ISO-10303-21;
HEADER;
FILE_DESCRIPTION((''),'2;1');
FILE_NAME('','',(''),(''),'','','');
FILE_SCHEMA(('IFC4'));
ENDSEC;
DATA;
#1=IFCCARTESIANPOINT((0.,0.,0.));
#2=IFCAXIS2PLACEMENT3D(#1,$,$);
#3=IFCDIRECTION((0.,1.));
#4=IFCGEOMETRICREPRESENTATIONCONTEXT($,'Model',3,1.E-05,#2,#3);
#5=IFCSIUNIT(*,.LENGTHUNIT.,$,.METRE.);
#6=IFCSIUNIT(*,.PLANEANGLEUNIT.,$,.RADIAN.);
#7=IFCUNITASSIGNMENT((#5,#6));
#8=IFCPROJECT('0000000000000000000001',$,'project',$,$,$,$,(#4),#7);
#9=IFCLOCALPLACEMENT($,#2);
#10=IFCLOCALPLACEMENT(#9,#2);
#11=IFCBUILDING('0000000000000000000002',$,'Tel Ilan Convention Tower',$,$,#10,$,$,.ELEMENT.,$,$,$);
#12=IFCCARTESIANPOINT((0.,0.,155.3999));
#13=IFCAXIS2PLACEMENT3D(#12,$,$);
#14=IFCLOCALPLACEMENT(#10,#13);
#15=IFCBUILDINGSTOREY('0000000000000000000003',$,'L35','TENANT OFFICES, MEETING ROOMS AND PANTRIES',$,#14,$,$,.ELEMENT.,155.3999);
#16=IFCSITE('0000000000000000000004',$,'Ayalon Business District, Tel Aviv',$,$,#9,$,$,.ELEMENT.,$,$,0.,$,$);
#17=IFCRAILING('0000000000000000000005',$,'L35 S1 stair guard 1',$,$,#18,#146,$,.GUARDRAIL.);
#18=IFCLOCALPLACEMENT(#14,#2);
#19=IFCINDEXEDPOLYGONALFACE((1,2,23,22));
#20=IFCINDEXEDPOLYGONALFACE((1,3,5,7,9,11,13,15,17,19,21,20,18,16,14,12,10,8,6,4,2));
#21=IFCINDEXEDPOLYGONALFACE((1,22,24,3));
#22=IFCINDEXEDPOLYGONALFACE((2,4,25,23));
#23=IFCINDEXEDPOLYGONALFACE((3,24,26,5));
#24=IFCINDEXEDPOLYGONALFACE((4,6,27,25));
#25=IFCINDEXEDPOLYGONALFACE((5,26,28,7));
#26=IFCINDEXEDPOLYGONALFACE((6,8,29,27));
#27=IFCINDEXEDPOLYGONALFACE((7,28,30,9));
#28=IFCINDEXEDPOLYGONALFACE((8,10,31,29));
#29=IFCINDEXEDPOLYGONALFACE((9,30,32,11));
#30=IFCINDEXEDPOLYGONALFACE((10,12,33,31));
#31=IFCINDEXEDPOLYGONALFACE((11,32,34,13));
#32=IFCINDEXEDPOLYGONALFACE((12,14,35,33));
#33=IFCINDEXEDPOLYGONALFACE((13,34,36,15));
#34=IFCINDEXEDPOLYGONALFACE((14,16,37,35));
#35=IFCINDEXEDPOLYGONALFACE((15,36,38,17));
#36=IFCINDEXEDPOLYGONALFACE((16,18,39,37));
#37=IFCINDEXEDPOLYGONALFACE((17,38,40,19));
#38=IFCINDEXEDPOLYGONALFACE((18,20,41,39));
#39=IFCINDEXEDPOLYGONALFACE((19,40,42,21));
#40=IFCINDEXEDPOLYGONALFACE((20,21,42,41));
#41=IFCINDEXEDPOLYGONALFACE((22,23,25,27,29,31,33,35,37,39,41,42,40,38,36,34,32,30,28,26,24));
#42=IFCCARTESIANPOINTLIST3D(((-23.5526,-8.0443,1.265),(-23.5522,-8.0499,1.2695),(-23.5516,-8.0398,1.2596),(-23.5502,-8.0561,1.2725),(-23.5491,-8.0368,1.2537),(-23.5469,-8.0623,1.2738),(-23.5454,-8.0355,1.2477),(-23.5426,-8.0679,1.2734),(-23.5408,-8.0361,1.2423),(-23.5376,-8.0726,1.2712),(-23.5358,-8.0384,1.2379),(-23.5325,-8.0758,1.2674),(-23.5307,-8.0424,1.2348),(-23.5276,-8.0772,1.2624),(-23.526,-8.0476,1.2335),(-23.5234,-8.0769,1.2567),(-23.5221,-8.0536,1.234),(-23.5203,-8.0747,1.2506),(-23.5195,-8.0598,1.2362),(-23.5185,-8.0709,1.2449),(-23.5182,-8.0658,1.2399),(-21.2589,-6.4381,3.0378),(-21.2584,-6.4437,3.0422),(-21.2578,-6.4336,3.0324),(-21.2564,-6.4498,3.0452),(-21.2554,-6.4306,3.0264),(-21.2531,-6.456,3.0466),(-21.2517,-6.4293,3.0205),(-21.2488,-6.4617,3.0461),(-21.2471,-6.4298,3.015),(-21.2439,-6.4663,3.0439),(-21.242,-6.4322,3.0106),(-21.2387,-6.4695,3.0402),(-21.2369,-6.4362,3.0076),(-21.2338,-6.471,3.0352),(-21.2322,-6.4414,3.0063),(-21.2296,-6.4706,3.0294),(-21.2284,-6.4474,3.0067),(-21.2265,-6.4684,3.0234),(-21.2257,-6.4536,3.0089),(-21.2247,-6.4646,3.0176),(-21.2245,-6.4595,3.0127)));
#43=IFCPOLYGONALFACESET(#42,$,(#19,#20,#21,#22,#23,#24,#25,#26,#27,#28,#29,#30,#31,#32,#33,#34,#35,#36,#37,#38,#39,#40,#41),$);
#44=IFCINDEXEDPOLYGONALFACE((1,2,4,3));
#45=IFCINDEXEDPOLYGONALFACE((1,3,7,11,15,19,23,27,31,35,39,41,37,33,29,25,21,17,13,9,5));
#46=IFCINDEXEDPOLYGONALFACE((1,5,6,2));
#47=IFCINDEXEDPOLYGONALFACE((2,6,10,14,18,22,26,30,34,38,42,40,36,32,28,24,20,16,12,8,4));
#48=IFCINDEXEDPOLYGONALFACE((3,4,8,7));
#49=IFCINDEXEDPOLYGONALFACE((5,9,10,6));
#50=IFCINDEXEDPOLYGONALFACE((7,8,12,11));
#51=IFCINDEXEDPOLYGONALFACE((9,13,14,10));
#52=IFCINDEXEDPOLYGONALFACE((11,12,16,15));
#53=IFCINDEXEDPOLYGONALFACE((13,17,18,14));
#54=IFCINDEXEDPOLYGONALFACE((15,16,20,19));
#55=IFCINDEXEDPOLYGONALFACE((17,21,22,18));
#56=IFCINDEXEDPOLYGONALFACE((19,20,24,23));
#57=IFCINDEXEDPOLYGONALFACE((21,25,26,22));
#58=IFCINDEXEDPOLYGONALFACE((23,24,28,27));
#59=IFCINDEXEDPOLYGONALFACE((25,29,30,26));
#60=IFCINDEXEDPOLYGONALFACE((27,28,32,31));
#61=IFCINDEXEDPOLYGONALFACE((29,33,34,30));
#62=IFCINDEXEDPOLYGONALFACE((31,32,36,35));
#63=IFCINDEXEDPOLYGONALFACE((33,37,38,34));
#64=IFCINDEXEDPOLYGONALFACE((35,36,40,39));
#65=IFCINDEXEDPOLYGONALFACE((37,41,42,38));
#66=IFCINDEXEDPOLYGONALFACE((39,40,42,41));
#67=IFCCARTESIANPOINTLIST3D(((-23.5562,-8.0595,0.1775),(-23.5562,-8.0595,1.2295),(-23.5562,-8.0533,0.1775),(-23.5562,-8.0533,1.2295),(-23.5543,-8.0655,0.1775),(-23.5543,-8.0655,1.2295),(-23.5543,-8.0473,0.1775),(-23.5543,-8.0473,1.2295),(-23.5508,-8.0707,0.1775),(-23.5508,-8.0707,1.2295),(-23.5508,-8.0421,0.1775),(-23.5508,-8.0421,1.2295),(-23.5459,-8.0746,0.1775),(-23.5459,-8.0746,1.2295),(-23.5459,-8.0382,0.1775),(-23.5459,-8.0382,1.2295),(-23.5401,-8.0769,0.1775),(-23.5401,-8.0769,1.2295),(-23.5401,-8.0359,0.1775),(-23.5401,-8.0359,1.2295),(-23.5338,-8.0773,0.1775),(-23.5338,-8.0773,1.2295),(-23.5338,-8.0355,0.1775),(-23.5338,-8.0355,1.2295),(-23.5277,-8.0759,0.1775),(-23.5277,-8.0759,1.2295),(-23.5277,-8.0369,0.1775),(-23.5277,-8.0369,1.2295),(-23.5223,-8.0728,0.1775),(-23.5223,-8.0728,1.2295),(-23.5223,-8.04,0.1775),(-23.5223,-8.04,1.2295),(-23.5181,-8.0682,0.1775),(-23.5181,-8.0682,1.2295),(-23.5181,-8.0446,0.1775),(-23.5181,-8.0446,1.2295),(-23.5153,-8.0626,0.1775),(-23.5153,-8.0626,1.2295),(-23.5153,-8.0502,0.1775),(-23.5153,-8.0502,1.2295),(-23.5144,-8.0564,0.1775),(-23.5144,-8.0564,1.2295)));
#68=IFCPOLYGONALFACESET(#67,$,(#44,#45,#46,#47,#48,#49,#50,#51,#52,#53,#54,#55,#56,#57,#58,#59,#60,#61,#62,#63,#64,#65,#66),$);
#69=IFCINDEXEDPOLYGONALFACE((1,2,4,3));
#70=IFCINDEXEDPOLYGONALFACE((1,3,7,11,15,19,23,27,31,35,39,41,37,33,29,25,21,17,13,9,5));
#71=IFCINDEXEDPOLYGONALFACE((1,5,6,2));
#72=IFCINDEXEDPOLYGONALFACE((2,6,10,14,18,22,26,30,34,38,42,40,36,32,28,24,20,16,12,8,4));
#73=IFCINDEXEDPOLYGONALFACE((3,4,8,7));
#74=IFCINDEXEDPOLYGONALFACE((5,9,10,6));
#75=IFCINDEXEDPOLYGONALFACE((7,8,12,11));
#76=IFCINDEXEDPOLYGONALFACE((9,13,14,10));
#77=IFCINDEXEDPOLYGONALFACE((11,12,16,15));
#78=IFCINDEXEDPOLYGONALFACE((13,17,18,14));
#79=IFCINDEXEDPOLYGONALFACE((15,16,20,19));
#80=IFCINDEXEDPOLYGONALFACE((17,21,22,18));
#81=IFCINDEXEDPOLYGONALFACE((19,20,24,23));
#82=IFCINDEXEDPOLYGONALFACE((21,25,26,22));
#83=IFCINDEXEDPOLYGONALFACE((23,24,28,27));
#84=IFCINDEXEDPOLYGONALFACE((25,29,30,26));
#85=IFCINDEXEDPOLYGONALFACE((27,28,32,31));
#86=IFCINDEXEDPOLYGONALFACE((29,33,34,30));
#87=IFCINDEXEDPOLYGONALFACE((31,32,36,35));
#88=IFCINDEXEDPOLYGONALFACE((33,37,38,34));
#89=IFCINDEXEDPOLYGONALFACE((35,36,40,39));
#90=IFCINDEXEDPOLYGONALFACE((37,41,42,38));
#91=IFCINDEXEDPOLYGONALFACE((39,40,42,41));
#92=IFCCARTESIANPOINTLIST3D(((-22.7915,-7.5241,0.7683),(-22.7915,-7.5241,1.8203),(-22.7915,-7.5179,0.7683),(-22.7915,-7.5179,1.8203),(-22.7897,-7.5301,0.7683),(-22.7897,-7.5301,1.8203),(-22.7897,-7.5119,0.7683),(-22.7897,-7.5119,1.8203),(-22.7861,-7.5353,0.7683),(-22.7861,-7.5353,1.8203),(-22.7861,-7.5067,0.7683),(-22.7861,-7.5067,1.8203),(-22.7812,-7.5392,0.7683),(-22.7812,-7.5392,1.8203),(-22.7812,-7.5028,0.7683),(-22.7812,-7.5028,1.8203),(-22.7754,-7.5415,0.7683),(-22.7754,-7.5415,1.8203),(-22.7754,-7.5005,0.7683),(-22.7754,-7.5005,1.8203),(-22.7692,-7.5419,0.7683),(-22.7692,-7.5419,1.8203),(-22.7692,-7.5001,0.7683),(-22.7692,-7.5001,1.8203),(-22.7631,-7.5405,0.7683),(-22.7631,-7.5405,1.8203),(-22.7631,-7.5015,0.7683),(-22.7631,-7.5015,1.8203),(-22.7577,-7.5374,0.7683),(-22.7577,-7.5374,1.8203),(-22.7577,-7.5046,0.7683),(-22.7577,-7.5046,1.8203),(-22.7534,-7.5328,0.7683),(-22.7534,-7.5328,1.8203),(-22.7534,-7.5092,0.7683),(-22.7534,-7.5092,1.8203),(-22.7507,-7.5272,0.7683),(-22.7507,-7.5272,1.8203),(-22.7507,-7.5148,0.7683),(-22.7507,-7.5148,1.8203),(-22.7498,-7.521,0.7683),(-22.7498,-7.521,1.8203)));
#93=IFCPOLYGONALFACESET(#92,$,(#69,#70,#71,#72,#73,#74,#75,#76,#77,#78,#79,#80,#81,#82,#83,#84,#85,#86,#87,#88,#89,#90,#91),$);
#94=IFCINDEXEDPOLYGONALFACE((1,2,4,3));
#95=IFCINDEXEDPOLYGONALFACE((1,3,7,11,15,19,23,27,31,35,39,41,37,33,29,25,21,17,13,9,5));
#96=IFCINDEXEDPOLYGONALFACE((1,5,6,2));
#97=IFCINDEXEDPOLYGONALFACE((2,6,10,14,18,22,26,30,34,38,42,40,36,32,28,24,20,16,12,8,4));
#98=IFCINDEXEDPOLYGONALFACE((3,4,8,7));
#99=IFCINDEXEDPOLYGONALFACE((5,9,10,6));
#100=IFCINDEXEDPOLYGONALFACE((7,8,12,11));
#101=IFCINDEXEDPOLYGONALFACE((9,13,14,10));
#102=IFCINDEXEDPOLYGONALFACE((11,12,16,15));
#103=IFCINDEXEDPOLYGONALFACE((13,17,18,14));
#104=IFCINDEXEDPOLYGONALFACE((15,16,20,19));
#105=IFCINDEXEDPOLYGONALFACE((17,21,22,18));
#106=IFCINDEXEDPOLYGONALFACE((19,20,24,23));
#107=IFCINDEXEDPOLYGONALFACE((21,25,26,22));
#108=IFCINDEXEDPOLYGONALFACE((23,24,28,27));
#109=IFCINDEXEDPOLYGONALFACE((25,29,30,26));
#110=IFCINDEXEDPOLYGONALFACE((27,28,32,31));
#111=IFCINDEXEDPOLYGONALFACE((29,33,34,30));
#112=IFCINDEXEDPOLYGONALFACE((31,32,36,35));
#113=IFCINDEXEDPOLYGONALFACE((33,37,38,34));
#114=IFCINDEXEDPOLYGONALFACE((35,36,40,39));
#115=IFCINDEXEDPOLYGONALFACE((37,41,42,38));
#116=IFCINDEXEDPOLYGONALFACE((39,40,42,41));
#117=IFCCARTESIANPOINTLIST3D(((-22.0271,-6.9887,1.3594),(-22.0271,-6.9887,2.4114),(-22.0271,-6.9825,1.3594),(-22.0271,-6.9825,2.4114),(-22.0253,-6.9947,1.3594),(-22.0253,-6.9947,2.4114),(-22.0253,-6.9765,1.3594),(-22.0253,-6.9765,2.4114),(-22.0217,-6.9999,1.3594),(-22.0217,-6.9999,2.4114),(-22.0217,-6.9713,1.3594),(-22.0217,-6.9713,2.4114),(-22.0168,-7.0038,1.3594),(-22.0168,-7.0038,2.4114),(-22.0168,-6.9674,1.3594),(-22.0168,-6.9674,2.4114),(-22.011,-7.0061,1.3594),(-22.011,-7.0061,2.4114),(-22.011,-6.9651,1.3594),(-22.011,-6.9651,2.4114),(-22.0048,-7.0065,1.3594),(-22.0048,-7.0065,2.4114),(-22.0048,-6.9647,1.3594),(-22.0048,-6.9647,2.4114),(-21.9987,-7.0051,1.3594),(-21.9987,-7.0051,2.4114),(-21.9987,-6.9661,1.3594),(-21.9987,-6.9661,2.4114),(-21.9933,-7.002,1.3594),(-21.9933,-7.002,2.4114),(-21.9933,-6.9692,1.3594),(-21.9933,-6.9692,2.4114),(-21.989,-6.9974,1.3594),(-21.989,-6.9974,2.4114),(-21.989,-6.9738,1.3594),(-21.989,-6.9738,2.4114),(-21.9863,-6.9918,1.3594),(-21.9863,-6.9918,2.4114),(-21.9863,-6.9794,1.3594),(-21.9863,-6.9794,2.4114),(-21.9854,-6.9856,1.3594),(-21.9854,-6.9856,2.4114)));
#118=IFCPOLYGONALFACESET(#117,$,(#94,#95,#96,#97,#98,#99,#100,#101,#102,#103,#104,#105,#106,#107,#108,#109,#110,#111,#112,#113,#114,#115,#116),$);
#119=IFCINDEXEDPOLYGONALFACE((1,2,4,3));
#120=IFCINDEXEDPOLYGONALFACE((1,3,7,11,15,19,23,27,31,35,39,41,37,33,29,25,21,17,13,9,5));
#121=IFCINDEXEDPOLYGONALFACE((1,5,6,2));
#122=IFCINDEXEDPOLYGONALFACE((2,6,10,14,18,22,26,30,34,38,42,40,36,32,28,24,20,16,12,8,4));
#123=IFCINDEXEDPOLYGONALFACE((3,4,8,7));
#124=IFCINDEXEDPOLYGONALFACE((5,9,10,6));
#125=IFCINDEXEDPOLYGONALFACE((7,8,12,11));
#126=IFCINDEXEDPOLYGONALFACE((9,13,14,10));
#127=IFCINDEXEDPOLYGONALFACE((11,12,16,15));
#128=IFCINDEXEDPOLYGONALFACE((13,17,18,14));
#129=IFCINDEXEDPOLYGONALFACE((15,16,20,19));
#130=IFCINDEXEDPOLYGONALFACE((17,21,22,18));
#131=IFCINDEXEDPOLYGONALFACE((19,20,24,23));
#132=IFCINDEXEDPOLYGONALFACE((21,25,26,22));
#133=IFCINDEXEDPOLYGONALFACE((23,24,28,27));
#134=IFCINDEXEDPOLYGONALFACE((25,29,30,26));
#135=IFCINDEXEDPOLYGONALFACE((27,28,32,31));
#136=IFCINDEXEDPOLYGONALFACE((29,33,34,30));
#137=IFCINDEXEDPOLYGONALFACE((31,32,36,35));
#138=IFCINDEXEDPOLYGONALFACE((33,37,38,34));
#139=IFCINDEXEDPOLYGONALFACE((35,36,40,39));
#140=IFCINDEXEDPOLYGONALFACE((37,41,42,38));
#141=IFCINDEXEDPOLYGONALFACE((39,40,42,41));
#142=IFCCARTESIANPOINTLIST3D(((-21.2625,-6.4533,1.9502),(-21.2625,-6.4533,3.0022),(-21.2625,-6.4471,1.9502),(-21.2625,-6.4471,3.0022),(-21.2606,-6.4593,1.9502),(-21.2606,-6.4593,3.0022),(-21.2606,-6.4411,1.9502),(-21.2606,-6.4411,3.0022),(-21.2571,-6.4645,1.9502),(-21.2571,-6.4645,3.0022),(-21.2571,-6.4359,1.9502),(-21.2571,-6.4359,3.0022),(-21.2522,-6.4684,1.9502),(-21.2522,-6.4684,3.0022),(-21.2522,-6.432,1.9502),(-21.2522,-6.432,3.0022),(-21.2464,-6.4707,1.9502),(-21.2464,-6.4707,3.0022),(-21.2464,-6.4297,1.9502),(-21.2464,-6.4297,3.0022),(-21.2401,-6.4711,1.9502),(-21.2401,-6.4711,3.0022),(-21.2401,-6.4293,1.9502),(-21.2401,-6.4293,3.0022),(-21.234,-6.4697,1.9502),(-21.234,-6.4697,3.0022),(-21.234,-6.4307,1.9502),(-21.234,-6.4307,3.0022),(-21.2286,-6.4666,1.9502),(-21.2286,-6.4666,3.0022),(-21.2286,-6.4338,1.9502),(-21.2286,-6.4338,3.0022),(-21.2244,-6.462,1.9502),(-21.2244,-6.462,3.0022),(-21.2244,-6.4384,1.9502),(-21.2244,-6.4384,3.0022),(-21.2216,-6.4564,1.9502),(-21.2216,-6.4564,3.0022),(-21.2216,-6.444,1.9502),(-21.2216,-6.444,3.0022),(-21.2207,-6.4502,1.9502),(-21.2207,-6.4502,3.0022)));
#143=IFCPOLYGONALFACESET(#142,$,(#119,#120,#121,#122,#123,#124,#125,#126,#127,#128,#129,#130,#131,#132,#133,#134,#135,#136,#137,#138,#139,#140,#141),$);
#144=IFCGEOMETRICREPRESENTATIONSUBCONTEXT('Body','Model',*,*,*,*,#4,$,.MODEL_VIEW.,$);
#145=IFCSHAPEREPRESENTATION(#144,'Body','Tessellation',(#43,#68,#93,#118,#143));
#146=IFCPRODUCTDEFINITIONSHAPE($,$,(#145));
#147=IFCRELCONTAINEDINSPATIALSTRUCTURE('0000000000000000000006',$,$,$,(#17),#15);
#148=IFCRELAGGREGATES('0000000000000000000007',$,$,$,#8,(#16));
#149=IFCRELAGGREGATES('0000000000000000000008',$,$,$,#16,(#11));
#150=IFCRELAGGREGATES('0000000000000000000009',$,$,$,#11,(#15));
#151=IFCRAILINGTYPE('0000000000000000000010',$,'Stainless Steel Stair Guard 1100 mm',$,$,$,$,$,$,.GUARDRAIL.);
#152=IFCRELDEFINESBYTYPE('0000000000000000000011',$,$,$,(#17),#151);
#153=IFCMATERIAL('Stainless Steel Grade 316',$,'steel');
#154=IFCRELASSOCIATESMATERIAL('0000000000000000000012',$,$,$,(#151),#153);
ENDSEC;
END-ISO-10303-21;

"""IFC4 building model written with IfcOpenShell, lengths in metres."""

from ifc_helpers import new_model, si_unit, direction, frame, origin, origin_2d, place, context, subcontext, project, spatial, circle, extrude, material, type_object, element, save


model = new_model("IFC4")

# Units and contexts
model_context = context("Model", 3, precision=1e-05, world=origin(), true_north=direction((0.0, 1.0)))
body_context = subcontext(model_context, "Body", "Model", "MODEL_VIEW")
ifc_project = project(units=[si_unit("LENGTHUNIT", "METRE"), si_unit("PLANEANGLEUNIT", "RADIAN")], contexts=[model_context])

# Site, building, storey
site_placement = place(None, origin())
site = spatial("IfcSite", under=ifc_project, at=site_placement, Name="Ayalon Business District, Tel Aviv", CompositionType="ELEMENT", RefElevation=0.0)
building_placement = place(site_placement, origin())
building = spatial("IfcBuilding", under=site, at=building_placement, Name="Tel Ilan Convention Tower", CompositionType="ELEMENT")
storey_placement = place(building_placement, frame((0.0, 0.0, 155.3999)))
storey = spatial("IfcBuildingStorey", under=building, at=storey_placement, Name="L35", Description="TENANT OFFICES, MEETING ROOMS AND PANTRIES", CompositionType="ELEMENT", Elevation=155.3999)

# Railing
ifc_material_1 = material(Name="Stainless Steel Grade 316", Category="steel")
railing_type_1 = type_object("IfcRailingType", Name="Stainless Steel Stair Guard 1100 mm", PredefinedType="GUARDRAIL", material=ifc_material_1)
railing_1_placement = place(storey_placement, frame((-23.5354, -8.0564, 0.1775)))
element("IfcRailing", 1, at=railing_1_placement, inside=storey, type_object=railing_type_1, Name="L35 S1 stair guard 1", PredefinedType="GUARDRAIL", context=body_context, shape_type="SweptSolid", body=[
    extrude(circle(Radius=0.0239, at=origin_2d()), frame((0.0, 0.0, 1.0762), z_axis=(0.692098, 0.484653, 0.534894), x_axis=(-0.573609, 0.81913, 0.0)), (0.0, 0.0, 1.0), 3.3142),
    extrude(circle(Radius=0.021, at=origin_2d()), origin(), (0.0, 0.0, 1.0), 1.052),
    extrude(circle(Radius=0.021, at=origin_2d()), frame((0.7646, 0.5354, 0.5908)), (0.0, 0.0, 1.0), 1.052),
    extrude(circle(Radius=0.021, at=origin_2d()), frame((1.5291, 1.0708, 1.1819)), (0.0, 0.0, 1.0), 1.052),
    extrude(circle(Radius=0.021, at=origin_2d()), frame((2.2937, 1.6062, 1.7727)), (0.0, 0.0, 1.0), 1.052),
])

save(model, "model.ifc")
